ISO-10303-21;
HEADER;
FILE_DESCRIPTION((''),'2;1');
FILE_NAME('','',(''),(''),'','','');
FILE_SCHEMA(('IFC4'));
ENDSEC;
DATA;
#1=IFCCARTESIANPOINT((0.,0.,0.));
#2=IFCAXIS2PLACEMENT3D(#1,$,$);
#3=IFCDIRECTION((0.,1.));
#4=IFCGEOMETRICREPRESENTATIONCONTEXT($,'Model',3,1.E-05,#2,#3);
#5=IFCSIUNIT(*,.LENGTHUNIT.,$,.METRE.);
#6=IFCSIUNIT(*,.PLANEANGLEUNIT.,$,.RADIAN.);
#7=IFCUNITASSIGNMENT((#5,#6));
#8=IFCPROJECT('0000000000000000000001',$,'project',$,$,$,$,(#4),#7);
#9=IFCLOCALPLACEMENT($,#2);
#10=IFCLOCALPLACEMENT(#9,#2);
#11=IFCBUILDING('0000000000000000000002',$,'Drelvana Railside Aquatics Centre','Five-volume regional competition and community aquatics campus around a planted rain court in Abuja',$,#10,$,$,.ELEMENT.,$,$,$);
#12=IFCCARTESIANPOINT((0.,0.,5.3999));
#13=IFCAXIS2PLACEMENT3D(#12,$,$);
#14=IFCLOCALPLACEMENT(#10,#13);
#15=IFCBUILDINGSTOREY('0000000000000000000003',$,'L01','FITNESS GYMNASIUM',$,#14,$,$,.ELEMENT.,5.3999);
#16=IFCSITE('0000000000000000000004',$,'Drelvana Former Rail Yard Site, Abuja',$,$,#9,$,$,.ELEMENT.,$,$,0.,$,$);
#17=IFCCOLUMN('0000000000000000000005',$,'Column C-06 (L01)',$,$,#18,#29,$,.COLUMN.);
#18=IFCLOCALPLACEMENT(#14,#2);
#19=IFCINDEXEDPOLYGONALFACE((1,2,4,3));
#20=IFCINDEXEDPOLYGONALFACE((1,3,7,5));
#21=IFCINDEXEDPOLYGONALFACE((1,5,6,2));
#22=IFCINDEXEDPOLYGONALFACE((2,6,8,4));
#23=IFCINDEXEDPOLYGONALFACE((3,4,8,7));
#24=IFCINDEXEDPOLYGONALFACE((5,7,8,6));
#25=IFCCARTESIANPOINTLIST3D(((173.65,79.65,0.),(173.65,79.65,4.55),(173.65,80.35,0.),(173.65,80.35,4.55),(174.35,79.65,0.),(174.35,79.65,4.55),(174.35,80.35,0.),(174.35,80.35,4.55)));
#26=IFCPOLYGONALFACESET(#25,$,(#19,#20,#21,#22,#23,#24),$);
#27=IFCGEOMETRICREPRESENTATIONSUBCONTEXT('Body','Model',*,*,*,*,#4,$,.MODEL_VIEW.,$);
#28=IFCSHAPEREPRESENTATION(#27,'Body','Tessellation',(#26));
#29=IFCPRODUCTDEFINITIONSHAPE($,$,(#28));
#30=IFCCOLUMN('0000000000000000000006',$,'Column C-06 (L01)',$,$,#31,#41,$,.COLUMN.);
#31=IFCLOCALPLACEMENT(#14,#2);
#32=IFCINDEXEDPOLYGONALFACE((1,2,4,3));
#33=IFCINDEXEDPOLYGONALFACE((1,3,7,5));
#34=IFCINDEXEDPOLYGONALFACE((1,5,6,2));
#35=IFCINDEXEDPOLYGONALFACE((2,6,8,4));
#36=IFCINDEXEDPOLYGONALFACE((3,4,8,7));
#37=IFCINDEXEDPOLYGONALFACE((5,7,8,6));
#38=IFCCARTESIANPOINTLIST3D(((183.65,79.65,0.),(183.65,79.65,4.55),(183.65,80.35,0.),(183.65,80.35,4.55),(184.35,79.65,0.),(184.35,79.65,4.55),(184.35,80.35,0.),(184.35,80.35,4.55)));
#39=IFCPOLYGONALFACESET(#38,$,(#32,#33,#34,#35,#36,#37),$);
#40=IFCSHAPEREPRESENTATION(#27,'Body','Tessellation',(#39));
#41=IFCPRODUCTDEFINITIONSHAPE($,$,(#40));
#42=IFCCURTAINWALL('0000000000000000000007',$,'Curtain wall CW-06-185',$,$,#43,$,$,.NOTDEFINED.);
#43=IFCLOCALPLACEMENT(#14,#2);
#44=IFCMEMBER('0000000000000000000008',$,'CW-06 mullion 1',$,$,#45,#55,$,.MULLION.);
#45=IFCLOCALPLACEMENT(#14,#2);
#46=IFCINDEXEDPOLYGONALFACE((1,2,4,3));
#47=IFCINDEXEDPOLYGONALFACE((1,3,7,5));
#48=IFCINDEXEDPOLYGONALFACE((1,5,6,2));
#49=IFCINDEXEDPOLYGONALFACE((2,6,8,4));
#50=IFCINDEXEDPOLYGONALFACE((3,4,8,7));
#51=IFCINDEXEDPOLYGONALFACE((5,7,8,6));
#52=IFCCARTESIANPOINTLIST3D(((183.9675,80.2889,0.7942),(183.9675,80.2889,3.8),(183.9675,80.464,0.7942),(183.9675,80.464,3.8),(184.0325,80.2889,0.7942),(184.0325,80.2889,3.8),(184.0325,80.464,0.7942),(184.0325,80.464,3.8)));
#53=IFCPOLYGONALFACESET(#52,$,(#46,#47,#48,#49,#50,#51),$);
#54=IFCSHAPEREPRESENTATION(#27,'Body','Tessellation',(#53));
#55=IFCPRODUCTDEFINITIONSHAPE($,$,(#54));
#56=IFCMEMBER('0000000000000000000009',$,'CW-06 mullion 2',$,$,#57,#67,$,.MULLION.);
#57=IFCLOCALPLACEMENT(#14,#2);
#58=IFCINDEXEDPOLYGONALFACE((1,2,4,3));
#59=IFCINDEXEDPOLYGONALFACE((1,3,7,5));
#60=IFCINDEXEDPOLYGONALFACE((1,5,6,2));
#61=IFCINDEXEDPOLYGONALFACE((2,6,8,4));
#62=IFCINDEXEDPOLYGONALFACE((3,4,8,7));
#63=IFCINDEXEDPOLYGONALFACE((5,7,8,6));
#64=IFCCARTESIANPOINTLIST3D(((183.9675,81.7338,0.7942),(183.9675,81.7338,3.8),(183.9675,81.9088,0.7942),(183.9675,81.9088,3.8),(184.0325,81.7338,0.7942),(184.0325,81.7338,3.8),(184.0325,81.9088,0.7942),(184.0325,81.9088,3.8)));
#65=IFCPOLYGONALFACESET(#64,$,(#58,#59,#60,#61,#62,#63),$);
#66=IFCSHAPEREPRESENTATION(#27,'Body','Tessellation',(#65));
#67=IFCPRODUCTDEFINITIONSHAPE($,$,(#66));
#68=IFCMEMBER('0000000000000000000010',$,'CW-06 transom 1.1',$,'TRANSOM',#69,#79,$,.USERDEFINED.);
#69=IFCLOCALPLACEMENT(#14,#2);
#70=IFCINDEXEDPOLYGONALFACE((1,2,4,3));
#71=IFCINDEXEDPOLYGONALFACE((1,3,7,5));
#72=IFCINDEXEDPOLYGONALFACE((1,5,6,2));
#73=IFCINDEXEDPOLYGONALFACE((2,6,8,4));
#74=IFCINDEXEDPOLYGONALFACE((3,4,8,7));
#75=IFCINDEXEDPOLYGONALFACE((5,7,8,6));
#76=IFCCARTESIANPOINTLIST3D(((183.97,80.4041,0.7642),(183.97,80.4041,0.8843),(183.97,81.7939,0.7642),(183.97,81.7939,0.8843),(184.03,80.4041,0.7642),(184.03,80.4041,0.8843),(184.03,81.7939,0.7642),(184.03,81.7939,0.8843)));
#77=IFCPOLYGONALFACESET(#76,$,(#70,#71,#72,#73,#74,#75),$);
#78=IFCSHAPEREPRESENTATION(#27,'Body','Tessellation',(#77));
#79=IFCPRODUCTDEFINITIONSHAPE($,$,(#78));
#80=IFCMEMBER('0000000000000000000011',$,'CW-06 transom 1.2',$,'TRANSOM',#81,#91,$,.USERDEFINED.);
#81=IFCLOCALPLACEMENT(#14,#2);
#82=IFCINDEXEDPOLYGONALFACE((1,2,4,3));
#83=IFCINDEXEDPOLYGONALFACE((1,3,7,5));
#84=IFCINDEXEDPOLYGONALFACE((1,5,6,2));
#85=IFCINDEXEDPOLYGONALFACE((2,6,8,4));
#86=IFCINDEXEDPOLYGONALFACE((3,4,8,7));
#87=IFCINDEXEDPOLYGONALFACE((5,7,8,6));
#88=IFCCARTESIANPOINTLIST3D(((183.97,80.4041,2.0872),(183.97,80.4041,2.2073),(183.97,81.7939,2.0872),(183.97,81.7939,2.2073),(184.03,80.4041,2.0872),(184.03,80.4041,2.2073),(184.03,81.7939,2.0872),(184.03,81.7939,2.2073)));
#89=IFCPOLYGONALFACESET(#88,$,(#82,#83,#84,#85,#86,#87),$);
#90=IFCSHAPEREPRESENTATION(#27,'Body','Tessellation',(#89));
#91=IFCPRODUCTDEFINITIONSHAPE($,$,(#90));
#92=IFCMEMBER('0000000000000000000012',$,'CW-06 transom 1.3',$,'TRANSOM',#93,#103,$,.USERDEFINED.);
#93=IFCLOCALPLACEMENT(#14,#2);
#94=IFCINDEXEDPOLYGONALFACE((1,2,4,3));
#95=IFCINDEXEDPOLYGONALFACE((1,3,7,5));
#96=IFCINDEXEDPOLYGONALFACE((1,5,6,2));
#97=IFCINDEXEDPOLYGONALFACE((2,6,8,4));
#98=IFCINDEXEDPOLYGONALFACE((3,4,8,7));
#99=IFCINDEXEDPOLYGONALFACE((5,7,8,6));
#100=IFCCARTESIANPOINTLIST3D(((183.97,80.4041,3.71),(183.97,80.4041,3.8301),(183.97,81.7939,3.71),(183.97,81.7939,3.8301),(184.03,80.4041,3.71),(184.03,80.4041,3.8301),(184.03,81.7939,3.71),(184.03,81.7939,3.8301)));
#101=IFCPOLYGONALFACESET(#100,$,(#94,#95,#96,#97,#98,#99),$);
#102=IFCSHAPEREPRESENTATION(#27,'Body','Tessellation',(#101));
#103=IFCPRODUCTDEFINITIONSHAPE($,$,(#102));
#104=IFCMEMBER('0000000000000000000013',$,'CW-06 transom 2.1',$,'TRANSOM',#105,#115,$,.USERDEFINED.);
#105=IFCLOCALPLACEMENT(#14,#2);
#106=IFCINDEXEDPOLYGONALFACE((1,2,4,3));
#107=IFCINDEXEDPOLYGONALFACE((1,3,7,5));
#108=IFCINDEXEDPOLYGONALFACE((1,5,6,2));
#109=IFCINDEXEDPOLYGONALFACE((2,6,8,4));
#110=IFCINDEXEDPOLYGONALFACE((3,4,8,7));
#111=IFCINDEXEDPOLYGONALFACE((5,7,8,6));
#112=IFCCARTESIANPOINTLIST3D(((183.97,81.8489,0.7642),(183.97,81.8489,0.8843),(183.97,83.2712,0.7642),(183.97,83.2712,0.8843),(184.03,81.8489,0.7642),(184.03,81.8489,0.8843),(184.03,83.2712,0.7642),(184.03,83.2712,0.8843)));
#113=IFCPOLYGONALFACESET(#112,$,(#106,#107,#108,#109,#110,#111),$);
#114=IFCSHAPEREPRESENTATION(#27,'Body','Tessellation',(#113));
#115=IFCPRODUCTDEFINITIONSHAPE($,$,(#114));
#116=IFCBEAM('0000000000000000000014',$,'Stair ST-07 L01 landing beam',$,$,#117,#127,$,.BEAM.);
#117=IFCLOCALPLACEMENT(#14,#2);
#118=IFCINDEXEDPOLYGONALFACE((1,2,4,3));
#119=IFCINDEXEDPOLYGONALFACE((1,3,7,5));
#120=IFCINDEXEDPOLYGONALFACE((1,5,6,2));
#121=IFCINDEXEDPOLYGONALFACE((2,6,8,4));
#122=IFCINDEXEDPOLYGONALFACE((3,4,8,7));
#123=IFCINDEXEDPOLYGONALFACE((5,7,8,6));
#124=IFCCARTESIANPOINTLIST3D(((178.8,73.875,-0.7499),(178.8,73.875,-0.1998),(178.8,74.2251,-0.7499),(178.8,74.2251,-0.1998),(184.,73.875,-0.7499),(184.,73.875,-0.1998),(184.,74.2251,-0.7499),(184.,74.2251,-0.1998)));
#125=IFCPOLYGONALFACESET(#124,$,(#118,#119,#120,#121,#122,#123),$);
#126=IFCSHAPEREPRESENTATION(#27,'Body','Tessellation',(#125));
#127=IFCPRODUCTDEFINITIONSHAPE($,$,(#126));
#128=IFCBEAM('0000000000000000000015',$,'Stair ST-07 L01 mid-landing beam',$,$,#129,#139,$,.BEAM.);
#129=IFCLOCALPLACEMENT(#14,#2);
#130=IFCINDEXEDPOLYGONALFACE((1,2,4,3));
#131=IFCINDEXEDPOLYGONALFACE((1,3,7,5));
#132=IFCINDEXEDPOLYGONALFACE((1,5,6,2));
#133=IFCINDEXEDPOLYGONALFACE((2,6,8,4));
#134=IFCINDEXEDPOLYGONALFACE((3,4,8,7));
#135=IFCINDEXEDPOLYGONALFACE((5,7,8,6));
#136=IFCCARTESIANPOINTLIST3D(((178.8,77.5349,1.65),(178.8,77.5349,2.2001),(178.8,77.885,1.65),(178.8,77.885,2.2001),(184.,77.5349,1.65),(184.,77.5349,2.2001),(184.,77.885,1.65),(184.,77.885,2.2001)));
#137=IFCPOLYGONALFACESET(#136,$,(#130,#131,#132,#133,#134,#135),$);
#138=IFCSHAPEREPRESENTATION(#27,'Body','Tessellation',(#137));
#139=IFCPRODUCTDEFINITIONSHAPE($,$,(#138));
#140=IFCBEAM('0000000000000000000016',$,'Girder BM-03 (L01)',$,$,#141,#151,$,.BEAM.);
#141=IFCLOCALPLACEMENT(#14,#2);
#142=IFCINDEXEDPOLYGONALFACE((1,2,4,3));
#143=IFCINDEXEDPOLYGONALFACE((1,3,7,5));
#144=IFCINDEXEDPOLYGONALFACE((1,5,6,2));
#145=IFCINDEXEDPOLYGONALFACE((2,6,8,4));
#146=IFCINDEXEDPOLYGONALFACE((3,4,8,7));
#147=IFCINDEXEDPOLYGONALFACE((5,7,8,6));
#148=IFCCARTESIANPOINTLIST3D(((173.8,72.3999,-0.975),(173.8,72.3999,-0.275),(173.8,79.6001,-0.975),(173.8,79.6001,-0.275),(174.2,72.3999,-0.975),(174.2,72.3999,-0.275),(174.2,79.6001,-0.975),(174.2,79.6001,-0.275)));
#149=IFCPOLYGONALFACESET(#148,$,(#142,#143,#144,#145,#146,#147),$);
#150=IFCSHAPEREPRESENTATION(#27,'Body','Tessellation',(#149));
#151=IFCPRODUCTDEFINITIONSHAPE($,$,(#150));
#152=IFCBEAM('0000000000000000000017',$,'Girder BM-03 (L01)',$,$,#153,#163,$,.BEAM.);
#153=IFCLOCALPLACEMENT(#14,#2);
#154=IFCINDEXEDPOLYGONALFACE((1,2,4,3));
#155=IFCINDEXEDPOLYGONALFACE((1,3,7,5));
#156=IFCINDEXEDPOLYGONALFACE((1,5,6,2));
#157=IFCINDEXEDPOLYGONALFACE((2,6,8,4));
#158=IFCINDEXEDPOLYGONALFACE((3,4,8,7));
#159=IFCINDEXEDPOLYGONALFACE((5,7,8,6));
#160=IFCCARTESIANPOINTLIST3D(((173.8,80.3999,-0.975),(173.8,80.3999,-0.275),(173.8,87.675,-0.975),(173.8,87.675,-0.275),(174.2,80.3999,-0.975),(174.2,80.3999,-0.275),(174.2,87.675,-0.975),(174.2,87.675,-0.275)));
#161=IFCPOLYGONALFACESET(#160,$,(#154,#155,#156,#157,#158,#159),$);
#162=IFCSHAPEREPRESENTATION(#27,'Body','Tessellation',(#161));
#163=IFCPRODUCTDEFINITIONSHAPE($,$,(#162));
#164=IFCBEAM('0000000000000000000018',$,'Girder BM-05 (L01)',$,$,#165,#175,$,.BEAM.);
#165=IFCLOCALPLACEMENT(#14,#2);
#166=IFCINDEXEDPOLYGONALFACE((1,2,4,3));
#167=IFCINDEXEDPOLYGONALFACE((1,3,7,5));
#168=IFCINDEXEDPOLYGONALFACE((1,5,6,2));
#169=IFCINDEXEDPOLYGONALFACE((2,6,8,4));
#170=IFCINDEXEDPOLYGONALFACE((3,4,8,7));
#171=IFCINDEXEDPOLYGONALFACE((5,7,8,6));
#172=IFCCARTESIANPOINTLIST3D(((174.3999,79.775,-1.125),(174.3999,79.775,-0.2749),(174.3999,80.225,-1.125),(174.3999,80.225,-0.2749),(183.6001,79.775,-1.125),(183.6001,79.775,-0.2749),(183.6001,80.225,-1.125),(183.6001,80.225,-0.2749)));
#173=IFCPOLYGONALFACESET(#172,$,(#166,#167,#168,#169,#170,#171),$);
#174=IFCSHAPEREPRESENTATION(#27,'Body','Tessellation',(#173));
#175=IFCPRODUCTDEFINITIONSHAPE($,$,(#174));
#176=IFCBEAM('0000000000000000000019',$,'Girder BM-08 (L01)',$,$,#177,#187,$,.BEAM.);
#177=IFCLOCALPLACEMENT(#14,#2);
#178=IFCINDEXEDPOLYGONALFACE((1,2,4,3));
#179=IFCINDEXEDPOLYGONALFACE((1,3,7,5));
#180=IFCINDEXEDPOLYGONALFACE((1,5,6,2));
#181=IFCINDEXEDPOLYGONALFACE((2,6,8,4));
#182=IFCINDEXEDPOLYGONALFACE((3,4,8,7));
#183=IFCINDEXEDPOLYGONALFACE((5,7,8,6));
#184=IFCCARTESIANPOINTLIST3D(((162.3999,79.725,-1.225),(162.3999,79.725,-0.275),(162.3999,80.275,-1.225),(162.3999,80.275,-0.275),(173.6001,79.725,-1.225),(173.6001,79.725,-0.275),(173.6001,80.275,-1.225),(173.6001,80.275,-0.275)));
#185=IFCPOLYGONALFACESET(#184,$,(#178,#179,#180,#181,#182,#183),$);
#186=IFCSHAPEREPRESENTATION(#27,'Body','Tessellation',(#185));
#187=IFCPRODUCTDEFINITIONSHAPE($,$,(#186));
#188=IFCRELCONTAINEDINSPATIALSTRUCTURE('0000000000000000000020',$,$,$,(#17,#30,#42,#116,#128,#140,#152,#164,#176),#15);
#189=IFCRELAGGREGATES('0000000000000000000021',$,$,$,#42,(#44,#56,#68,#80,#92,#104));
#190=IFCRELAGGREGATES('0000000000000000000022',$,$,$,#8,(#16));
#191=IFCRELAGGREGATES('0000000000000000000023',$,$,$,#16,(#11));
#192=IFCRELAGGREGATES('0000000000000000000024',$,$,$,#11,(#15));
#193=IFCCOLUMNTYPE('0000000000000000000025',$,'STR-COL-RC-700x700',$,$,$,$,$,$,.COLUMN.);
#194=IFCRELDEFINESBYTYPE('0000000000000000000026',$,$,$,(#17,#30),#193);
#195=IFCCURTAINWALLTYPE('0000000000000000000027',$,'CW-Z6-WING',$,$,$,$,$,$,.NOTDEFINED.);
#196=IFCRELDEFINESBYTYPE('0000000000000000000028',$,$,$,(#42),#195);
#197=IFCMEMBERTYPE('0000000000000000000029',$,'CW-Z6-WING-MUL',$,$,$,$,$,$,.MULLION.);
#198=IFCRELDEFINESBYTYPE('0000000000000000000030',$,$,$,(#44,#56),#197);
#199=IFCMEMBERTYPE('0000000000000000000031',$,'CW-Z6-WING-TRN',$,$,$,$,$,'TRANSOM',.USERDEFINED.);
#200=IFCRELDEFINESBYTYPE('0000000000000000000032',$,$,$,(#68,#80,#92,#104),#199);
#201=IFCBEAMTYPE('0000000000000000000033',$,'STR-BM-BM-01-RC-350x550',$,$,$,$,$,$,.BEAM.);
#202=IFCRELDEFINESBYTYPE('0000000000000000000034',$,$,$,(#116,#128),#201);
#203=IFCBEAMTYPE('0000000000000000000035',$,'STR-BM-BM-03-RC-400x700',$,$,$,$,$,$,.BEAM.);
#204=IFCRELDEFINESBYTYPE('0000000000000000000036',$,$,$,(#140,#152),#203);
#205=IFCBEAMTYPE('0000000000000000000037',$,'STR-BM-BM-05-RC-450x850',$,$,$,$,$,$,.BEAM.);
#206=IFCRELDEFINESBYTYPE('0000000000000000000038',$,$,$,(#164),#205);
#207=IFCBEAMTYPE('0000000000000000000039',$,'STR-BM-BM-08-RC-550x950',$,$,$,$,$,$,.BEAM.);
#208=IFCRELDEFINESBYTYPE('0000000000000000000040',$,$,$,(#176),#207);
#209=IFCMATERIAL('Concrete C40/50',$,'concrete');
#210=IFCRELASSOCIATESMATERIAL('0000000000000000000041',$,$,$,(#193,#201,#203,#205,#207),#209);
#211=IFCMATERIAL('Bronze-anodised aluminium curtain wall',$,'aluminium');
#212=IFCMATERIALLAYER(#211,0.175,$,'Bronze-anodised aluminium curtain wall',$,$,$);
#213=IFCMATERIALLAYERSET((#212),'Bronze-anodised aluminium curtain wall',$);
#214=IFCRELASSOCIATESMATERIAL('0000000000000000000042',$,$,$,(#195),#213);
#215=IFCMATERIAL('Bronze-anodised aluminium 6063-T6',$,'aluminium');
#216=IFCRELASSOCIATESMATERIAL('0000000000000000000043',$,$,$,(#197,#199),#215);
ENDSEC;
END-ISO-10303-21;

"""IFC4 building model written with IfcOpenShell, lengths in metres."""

from ifc_helpers import new_model, si_unit, direction, frame, origin, origin_2d, place, context, subcontext, project, spatial, rectangle, extrude, material, layer, layer_set, material_profile, profile_set, type_object, element, aggregate, save


model = new_model("IFC4")

# Units and contexts
model_context = context("Model", 3, precision=1e-05, world=origin(), true_north=direction((0.0, 1.0)))
body_context = subcontext(model_context, "Body", "Model", "MODEL_VIEW")
ifc_project = project(units=[si_unit("LENGTHUNIT", "METRE"), si_unit("PLANEANGLEUNIT", "RADIAN")], contexts=[model_context])

# Site, building, storey
site_placement = place(None, origin())
site = spatial("IfcSite", under=ifc_project, at=site_placement, Name="Drelvana Former Rail Yard Site, Abuja", CompositionType="ELEMENT", RefElevation=0.0)
building_placement = place(site_placement, origin())
building = spatial("IfcBuilding", under=site, at=building_placement, Name="Drelvana Railside Aquatics Centre", Description="Five-volume regional competition and community aquatics campus around a planted rain court in Abuja", CompositionType="ELEMENT")
storey_placement = place(building_placement, frame((0.0, 0.0, 5.3999)))
storey = spatial("IfcBuildingStorey", under=building, at=storey_placement, Name="L01", Description="FITNESS GYMNASIUM", CompositionType="ELEMENT", Elevation=5.3999)

# Columns
ifc_material_1 = material(Name="Concrete C40/50", Category="concrete")
ifc_material_profile_1 = material_profile(ifc_material_1, rectangle(XDim=0.7, YDim=0.7, at=origin_2d()), Name="RC 700x700")
ifc_profile_set_1 = profile_set([ifc_material_profile_1], Name="Concrete C40/50")
column_type = type_object("IfcColumnType", Name="STR-COL-RC-700x700", PredefinedType="COLUMN", material=ifc_profile_set_1)
for number, where, z_axis, x_axis, name in (
    (1, (174.0, 80.0, 0.0), (0.0, 0.0, 1.0), (1.0, 0.0, 0.0), "Column C-06 (L01)"),
    (2, (184.0, 80.0, 0.0), (0.0, 0.0, 1.0), (1.0, 0.0, 0.0), "Column C-06 (L01)"),
):
    element("IfcColumn", number, at=place(storey_placement, frame(where, z_axis=z_axis, x_axis=x_axis)), inside=storey, type_object=column_type, Name=name, PredefinedType="COLUMN", context=body_context, shape_type="SweptSolid", body=[
        extrude(rectangle(XDim=0.7, YDim=0.7, at=origin_2d()), origin(), (0.0, 0.0, 1.0), 4.55),
    ])

# Curtain wall, members
ifc_material_2 = material(Name="Bronze-anodised aluminium curtain wall", Category="aluminium")
ifc_layer_1 = layer(ifc_material_2, 0.175, Name="Bronze-anodised aluminium curtain wall")
ifc_layer_set_1 = layer_set([ifc_layer_1], Name="Bronze-anodised aluminium curtain wall")
curtain_wall_type = type_object("IfcCurtainWallType", Name="CW-Z6-WING", PredefinedType="NOTDEFINED", material=ifc_layer_set_1)
curtain_wall_placement = place(storey_placement, origin())
curtain_wall = element("IfcCurtainWall", 3, at=curtain_wall_placement, inside=storey, type_object=curtain_wall_type, Name="Curtain wall CW-06-185", PredefinedType="NOTDEFINED")
ifc_material_3 = material(Name="Bronze-anodised aluminium 6063-T6", Category="aluminium")
ifc_material_profile_2 = material_profile(ifc_material_3, rectangle(XDim=0.0649, YDim=0.175, at=origin_2d()), Name="ALU-M 65x175")
ifc_profile_set_2 = profile_set([ifc_material_profile_2], Name="Bronze-anodised aluminium 6063-T6")
member_type_1 = type_object("IfcMemberType", Name="CW-Z6-WING-MUL", PredefinedType="MULLION", material=ifc_profile_set_2)
member_1_placement = place(storey_placement, frame((184.0, 80.3765, 0.7942), z_axis=(0.0, 0.0, 1.0), x_axis=(-1.0, 0.0, 0.0)))
member_1 = element("IfcMember", 4, at=member_1_placement, type_object=member_type_1, Name="CW-06 mullion 1", PredefinedType="MULLION", context=body_context, shape_type="SweptSolid", body=[
    extrude(rectangle(XDim=0.0649, YDim=0.175, at=origin_2d()), origin(), (0.0, 0.0, 1.0), 3.0059),
])
member_2_placement = place(storey_placement, frame((184.0, 81.8213, 0.7942), z_axis=(0.0, 0.0, 1.0), x_axis=(-1.0, 0.0, 0.0)))
member_2 = element("IfcMember", 5, at=member_2_placement, type_object=member_type_1, Name="CW-06 mullion 2", PredefinedType="MULLION", context=body_context, shape_type="SweptSolid", body=[
    extrude(rectangle(XDim=0.0649, YDim=0.175, at=origin_2d()), origin(), (0.0, 0.0, 1.0), 3.0059),
])
ifc_material_profile_3 = material_profile(ifc_material_3, rectangle(XDim=0.1201, YDim=0.0601, at=origin_2d()), Name="ALU-T 60x120")
ifc_profile_set_3 = profile_set([ifc_material_profile_3], Name="Bronze-anodised aluminium 6063-T6")
member_type_2 = type_object("IfcMemberType", Name="CW-Z6-WING-TRN", ElementType="TRANSOM", PredefinedType="USERDEFINED", material=ifc_profile_set_3)
member_3_placement = place(storey_placement, frame((184.0, 80.4041, 0.8242), z_axis=(0.0, 1.0, 0.0), x_axis=(0.0, 0.0, 1.0)))
member_3 = element("IfcMember", 6, at=member_3_placement, type_object=member_type_2, Name="CW-06 transom 1.1", ObjectType="TRANSOM", PredefinedType="USERDEFINED", context=body_context, shape_type="SweptSolid", body=[
    extrude(rectangle(XDim=0.1201, YDim=0.0601, at=origin_2d()), origin(), (0.0, 0.0, 1.0), 1.3899),
])
member_4_placement = place(storey_placement, frame((184.0, 80.4041, 2.1472), z_axis=(0.0, 1.0, 0.0), x_axis=(0.0, 0.0, 1.0)))
member_4 = element("IfcMember", 7, at=member_4_placement, type_object=member_type_2, Name="CW-06 transom 1.2", ObjectType="TRANSOM", PredefinedType="USERDEFINED", context=body_context, shape_type="SweptSolid", body=[
    extrude(rectangle(XDim=0.1201, YDim=0.0601, at=origin_2d()), origin(), (0.0, 0.0, 1.0), 1.3899),
])
member_5_placement = place(storey_placement, frame((184.0, 80.4041, 3.77), z_axis=(0.0, 1.0, 0.0), x_axis=(0.0, 0.0, 1.0)))
member_5 = element("IfcMember", 8, at=member_5_placement, type_object=member_type_2, Name="CW-06 transom 1.3", ObjectType="TRANSOM", PredefinedType="USERDEFINED", context=body_context, shape_type="SweptSolid", body=[
    extrude(rectangle(XDim=0.1201, YDim=0.0601, at=origin_2d()), origin(), (0.0, 0.0, 1.0), 1.3899),
])
member_6_placement = place(storey_placement, frame((184.0, 81.8489, 0.8242), z_axis=(0.0, 1.0, 0.0), x_axis=(0.0, 0.0, 1.0)))
member_6 = element("IfcMember", 9, at=member_6_placement, type_object=member_type_2, Name="CW-06 transom 2.1", ObjectType="TRANSOM", PredefinedType="USERDEFINED", context=body_context, shape_type="SweptSolid", body=[
    extrude(rectangle(XDim=0.1201, YDim=0.0601, at=origin_2d()), origin(), (0.0, 0.0, 1.0), 1.4224),
])

# Beams
ifc_material_profile_4 = material_profile(ifc_material_1, rectangle(XDim=0.3501, YDim=0.55, at=origin_2d()), Name="RC 350x550")
ifc_profile_set_4 = profile_set([ifc_material_profile_4], Name="Concrete C40/50")
beam_type_1 = type_object("IfcBeamType", Name="STR-BM-BM-01-RC-350x550", PredefinedType="BEAM", material=ifc_profile_set_4)
for number, where, z_axis, x_axis, name in (
    (10, (178.8, 74.05, -0.4749), (1.0, 0.0, 0.0), (0.0, 1.0, 0.0), "Stair ST-07 L01 landing beam"),
    (11, (178.8, 77.71, 1.925), (1.0, 0.0, 0.0), (0.0, 1.0, 0.0), "Stair ST-07 L01 mid-landing beam"),
):
    element("IfcBeam", number, at=place(storey_placement, frame(where, z_axis=z_axis, x_axis=x_axis)), inside=storey, type_object=beam_type_1, Name=name, PredefinedType="BEAM", context=body_context, shape_type="SweptSolid", body=[
        extrude(rectangle(XDim=0.3501, YDim=0.55, at=origin_2d()), origin(), (0.0, 0.0, 1.0), 5.2),
    ])
ifc_material_profile_5 = material_profile(ifc_material_1, rectangle(XDim=0.3999, YDim=0.7, at=origin_2d()), Name="RC 400x700")
ifc_profile_set_5 = profile_set([ifc_material_profile_5], Name="Concrete C40/50")
beam_type_2 = type_object("IfcBeamType", Name="STR-BM-BM-03-RC-400x700", PredefinedType="BEAM", material=ifc_profile_set_5)
beam_1_placement = place(storey_placement, frame((174.0, 72.3999, -0.625), z_axis=(0.0, 1.0, 0.0), x_axis=(-1.0, 0.0, 0.0)))
element("IfcBeam", 12, at=beam_1_placement, inside=storey, type_object=beam_type_2, Name="Girder BM-03 (L01)", PredefinedType="BEAM", context=body_context, shape_type="SweptSolid", body=[
    extrude(rectangle(XDim=0.3999, YDim=0.7, at=origin_2d()), origin(), (0.0, 0.0, 1.0), 7.2002),
])
beam_2_placement = place(storey_placement, frame((174.0, 80.3999, -0.625), z_axis=(0.0, 1.0, 0.0), x_axis=(-1.0, 0.0, 0.0)))
element("IfcBeam", 13, at=beam_2_placement, inside=storey, type_object=beam_type_2, Name="Girder BM-03 (L01)", PredefinedType="BEAM", context=body_context, shape_type="SweptSolid", body=[
    extrude(rectangle(XDim=0.3999, YDim=0.7, at=origin_2d()), origin(), (0.0, 0.0, 1.0), 7.2751),
])
ifc_material_profile_6 = material_profile(ifc_material_1, rectangle(XDim=0.45, YDim=0.8501, at=origin_2d()), Name="RC 450x850")
ifc_profile_set_6 = profile_set([ifc_material_profile_6], Name="Concrete C40/50")
beam_type_3 = type_object("IfcBeamType", Name="STR-BM-BM-05-RC-450x850", PredefinedType="BEAM", material=ifc_profile_set_6)
beam_3_placement = place(storey_placement, frame((174.3999, 80.0, -0.7), z_axis=(1.0, 0.0, 0.0), x_axis=(0.0, 1.0, 0.0)))
element("IfcBeam", 14, at=beam_3_placement, inside=storey, type_object=beam_type_3, Name="Girder BM-05 (L01)", PredefinedType="BEAM", context=body_context, shape_type="SweptSolid", body=[
    extrude(rectangle(XDim=0.45, YDim=0.8501, at=origin_2d()), origin(), (0.0, 0.0, 1.0), 9.2002),
])
ifc_material_profile_7 = material_profile(ifc_material_1, rectangle(XDim=0.55, YDim=0.95, at=origin_2d()), Name="RC 550x950")
ifc_profile_set_7 = profile_set([ifc_material_profile_7], Name="Concrete C40/50")
beam_type_4 = type_object("IfcBeamType", Name="STR-BM-BM-08-RC-550x950", PredefinedType="BEAM", material=ifc_profile_set_7)
beam_4_placement = place(storey_placement, frame((162.3999, 80.0, -0.75), z_axis=(1.0, 0.0, 0.0), x_axis=(0.0, 1.0, 0.0)))
element("IfcBeam", 15, at=beam_4_placement, inside=storey, type_object=beam_type_4, Name="Girder BM-08 (L01)", PredefinedType="BEAM", context=body_context, shape_type="SweptSolid", body=[
    extrude(rectangle(XDim=0.55, YDim=0.95, at=origin_2d()), origin(), (0.0, 0.0, 1.0), 11.2002),
])

aggregate(curtain_wall, [member_1, member_2, member_3, member_4, member_5, member_6])

save(model, "model.ifc")
